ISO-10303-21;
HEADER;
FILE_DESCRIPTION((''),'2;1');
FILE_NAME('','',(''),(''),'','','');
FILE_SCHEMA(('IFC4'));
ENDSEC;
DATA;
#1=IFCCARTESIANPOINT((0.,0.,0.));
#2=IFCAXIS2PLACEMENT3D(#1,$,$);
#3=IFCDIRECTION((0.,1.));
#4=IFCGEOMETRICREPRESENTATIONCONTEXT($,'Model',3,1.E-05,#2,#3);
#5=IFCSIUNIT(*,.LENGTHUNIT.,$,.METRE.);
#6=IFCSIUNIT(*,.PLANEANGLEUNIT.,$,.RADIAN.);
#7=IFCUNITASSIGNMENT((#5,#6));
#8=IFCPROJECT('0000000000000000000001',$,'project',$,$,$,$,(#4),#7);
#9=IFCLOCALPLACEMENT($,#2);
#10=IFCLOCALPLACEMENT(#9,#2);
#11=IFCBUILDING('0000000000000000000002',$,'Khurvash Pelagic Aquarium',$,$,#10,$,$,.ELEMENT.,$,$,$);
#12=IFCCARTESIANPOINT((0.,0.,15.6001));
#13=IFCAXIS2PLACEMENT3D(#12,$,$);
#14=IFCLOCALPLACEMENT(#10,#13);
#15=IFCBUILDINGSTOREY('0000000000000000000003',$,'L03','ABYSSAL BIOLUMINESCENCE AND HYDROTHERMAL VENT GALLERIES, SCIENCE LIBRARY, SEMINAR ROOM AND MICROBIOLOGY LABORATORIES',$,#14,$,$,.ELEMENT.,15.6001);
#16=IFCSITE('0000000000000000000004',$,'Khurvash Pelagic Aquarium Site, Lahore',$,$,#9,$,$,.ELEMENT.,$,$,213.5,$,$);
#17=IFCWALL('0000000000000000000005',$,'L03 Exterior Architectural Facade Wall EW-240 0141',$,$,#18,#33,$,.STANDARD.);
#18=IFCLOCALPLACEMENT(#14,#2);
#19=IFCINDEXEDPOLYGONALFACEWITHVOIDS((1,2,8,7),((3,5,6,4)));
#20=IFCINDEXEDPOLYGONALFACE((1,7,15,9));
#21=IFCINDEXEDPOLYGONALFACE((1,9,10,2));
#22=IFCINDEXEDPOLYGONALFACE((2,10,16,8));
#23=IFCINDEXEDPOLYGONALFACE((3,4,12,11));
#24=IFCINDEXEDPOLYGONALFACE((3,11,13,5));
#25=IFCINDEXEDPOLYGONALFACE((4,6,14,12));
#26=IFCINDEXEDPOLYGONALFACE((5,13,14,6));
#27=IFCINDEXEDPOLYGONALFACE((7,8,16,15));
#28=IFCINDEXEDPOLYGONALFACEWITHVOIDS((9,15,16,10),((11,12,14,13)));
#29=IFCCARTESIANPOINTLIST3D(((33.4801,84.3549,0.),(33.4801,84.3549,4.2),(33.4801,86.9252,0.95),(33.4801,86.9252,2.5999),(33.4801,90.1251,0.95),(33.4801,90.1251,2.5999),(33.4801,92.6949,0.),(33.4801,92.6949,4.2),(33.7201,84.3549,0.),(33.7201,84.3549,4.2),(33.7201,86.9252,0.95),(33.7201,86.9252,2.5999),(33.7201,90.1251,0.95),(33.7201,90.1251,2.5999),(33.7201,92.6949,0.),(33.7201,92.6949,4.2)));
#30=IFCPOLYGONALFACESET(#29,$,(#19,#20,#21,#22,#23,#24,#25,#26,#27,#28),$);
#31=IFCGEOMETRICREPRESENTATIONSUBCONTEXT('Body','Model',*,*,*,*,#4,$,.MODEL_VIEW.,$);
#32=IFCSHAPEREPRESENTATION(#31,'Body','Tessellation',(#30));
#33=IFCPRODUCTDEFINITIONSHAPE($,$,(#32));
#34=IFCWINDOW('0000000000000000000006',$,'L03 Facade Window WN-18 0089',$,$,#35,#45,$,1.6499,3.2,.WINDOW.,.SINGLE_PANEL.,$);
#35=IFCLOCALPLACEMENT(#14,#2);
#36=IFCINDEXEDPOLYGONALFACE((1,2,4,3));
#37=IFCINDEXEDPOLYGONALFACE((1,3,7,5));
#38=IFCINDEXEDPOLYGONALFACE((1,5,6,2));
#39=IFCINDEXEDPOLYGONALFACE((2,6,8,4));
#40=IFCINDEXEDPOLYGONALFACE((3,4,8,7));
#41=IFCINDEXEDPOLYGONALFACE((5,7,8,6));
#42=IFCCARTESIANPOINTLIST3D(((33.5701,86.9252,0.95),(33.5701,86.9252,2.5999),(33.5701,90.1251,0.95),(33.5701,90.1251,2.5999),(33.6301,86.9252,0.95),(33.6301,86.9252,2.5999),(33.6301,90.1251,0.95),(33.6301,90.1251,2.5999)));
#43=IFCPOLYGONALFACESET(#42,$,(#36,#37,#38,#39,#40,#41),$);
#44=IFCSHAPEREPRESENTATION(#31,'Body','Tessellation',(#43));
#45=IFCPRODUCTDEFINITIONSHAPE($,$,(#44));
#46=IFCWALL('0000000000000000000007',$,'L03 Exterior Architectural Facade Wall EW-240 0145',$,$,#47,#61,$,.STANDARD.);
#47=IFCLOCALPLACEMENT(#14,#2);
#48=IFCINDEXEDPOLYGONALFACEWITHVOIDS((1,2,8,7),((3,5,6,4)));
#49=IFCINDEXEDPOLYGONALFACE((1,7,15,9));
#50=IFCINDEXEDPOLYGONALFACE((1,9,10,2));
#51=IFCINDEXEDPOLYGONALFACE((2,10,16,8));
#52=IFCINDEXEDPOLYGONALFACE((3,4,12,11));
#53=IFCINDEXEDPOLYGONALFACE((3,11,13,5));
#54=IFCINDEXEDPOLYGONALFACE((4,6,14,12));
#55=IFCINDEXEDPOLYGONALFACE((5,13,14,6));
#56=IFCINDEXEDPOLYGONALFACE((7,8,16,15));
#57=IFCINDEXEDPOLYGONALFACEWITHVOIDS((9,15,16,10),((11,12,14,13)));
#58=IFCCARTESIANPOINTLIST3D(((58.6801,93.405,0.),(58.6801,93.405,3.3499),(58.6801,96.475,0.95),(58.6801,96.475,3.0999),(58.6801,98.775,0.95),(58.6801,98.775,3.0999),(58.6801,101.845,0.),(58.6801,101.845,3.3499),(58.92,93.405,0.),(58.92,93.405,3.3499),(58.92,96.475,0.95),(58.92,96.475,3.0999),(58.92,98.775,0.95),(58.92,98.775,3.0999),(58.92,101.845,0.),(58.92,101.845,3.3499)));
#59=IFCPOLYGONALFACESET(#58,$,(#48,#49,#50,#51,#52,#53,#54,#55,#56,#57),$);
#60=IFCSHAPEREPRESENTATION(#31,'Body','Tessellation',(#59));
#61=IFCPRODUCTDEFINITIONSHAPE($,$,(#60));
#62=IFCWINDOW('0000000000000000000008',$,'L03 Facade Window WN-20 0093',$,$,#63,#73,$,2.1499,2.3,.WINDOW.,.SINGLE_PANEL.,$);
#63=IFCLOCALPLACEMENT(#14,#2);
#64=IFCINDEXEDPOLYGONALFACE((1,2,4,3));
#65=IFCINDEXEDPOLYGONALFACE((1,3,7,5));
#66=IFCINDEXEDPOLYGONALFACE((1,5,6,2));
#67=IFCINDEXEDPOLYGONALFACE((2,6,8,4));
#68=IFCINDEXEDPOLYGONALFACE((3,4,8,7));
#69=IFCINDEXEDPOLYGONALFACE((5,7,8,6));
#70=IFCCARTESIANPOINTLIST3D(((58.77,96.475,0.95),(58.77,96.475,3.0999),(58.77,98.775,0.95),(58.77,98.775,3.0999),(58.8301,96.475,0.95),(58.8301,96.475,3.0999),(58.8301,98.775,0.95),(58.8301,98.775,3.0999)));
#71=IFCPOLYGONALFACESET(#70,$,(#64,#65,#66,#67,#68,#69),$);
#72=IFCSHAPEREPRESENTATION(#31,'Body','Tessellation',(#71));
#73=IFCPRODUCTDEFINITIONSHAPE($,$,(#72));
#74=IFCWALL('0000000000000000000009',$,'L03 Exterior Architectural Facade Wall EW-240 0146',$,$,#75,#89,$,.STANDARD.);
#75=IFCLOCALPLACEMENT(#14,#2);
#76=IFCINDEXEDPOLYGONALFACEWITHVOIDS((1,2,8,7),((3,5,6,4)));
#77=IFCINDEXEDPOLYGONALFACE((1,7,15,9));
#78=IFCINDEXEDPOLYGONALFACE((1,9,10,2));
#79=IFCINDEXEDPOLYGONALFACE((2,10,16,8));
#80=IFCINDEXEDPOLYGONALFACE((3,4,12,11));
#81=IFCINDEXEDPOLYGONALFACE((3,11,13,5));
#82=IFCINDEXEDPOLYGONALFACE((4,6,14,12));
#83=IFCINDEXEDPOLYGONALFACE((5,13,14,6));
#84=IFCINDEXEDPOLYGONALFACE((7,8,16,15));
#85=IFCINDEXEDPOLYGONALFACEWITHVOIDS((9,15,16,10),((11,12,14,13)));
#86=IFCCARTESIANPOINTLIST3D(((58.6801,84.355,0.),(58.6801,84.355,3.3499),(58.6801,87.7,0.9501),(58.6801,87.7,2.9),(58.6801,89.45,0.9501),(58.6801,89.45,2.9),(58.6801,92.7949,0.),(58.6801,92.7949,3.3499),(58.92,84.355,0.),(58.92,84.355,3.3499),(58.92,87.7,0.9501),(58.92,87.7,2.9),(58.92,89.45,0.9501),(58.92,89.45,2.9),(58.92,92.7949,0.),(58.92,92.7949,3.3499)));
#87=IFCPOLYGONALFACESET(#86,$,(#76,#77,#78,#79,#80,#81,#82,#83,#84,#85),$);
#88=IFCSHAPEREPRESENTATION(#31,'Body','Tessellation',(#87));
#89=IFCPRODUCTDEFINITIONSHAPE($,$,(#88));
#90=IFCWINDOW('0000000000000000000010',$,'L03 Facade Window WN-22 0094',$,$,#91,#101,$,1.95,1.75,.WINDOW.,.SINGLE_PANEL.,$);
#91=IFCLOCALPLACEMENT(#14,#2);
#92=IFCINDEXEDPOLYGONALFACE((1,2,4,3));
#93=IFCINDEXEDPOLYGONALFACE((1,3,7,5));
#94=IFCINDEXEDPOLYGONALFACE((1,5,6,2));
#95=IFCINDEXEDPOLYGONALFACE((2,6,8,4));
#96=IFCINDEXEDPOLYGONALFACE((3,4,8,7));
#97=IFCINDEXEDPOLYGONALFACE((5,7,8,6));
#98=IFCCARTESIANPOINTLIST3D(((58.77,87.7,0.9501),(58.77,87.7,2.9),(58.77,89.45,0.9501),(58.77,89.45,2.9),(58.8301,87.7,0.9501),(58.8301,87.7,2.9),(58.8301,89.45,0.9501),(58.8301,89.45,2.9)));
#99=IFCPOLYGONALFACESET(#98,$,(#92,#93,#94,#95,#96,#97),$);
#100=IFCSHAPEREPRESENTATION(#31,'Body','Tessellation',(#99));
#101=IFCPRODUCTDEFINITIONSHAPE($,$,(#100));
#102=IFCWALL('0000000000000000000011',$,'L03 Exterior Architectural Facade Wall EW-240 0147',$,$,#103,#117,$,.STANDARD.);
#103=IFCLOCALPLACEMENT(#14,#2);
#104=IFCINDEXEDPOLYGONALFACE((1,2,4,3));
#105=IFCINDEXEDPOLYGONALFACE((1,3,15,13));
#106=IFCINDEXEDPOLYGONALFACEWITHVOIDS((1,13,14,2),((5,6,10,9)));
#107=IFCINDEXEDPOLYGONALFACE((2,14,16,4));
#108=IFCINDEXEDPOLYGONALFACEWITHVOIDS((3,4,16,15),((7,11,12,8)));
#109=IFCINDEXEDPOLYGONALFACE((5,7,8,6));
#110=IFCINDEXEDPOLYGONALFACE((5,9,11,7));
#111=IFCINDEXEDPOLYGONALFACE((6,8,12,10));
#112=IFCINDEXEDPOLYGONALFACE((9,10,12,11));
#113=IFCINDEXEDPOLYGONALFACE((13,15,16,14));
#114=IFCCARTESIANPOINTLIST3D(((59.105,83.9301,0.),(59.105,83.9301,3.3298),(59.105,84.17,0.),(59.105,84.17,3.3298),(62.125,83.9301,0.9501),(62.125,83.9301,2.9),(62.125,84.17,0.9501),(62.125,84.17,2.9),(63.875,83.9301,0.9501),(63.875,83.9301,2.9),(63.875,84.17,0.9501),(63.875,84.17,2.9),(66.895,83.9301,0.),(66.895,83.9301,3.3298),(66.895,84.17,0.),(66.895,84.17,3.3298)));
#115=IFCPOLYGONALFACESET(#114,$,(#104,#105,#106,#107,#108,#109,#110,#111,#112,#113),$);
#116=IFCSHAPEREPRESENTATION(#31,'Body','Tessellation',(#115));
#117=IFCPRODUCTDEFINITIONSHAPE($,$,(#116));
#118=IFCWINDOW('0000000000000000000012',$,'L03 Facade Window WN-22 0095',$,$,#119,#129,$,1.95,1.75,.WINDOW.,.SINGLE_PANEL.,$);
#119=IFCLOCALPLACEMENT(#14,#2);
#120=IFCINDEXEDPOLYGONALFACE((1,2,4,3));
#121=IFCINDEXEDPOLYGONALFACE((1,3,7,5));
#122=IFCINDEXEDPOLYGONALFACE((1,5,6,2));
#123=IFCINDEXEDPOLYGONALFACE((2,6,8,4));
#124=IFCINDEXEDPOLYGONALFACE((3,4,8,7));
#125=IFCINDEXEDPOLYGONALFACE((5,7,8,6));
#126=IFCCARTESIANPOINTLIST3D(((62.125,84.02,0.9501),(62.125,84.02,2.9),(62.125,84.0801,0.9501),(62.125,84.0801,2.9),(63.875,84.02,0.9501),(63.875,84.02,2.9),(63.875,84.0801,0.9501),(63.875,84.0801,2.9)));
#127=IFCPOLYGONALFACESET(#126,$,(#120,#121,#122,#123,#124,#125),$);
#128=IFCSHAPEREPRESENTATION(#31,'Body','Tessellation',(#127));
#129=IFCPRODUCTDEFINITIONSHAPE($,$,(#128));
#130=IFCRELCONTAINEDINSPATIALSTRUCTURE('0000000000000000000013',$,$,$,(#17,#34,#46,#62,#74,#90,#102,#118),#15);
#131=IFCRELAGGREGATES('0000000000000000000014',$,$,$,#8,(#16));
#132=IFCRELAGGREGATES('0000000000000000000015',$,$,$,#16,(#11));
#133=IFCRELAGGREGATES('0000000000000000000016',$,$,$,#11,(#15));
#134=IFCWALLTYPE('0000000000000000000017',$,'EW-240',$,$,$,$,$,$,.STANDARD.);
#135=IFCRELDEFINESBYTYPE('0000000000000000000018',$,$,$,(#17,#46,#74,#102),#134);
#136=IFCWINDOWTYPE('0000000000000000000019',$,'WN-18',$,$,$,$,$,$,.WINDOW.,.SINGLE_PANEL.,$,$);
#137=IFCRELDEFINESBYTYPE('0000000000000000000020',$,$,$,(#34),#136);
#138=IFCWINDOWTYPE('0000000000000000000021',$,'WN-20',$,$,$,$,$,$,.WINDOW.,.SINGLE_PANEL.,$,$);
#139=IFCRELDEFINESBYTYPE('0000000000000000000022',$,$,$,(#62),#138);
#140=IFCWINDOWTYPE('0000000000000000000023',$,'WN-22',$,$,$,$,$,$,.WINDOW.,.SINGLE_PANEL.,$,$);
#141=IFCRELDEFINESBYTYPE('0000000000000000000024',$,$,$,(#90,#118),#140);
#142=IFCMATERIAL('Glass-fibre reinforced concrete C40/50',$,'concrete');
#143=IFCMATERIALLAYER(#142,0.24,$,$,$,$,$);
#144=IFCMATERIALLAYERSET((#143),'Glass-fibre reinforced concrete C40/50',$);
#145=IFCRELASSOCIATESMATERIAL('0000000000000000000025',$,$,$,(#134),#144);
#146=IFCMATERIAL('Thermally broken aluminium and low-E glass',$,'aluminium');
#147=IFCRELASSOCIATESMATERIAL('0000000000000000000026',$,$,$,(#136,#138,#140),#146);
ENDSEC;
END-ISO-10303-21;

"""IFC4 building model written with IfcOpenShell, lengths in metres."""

from ifc_helpers import new_model, si_unit, direction, frame, frame_2d, origin, place, context, subcontext, project, spatial, rectangle, extrude, material, layer, layer_set, type_object, element, fill, save


model = new_model("IFC4")

# Units and contexts
model_context = context("Model", 3, precision=1e-05, world=origin(), true_north=direction((0.0, 1.0)))
body_context = subcontext(model_context, "Body", "Model", "MODEL_VIEW")
ifc_project = project(units=[si_unit("LENGTHUNIT", "METRE"), si_unit("PLANEANGLEUNIT", "RADIAN")], contexts=[model_context])

# Site, building, storey
site_placement = place(None, origin())
site = spatial("IfcSite", under=ifc_project, at=site_placement, Name="Khurvash Pelagic Aquarium Site, Lahore", CompositionType="ELEMENT", RefElevation=213.5)
building_placement = place(site_placement, origin())
building = spatial("IfcBuilding", under=site, at=building_placement, Name="Khurvash Pelagic Aquarium", CompositionType="ELEMENT")
storey_placement = place(building_placement, frame((0.0, 0.0, 15.6001)))
storey = spatial("IfcBuildingStorey", under=building, at=storey_placement, Name="L03", Description="ABYSSAL BIOLUMINESCENCE AND HYDROTHERMAL VENT GALLERIES, SCIENCE LIBRARY, SEMINAR ROOM AND MICROBIOLOGY LABORATORIES", CompositionType="ELEMENT", Elevation=15.6001)

# Walls, openings, windows
ifc_material_1 = material(Name="Glass-fibre reinforced concrete C40/50", Category="concrete")
ifc_layer_1 = layer(ifc_material_1, 0.24)
ifc_layer_set_1 = layer_set([ifc_layer_1], Name="Glass-fibre reinforced concrete C40/50")
wall_type_1 = type_object("IfcWallType", Name="EW-240", PredefinedType="STANDARD", material=ifc_layer_set_1)
wall_1_placement = place(storey_placement, frame((33.6001, 84.355, 0.0), z_axis=(0.0, 0.0, 1.0), x_axis=(0.0, 1.0, 0.0)))
wall_1 = element("IfcWall", 1, at=wall_1_placement, inside=storey, type_object=wall_type_1, Name="L03 Exterior Architectural Facade Wall EW-240 0141", PredefinedType="STANDARD", context=body_context, shape_type="SweptSolid", body=[
    extrude(rectangle(XDim=8.3401, YDim=0.24, at=frame_2d((4.1699, 0.0))), origin(), (0.0, 0.0, 1.0), 4.2),
])
opening_1_placement = place(wall_1_placement, frame((2.5701, 0.0, 0.95)))
opening_1 = element("IfcOpeningElement", 2, at=opening_1_placement, cuts=wall_1, PredefinedType="OPENING", context=body_context, shape_type="SweptSolid", body=[
    extrude(rectangle(XDim=3.2, YDim=1.6499, at=frame_2d((1.6001, 0.825))), frame((0.0, 0.1299, 0.0), z_axis=(0.0, -1.0, 0.0), x_axis=(1.0, 0.0, 0.0)), (0.0, 0.0, 1.0), 0.26),
])
ifc_material_2 = material(Name="Thermally broken aluminium and low-E glass", Category="aluminium")
window_type_1 = type_object("IfcWindowType", Name="WN-18", PartitioningType="SINGLE_PANEL", PredefinedType="WINDOW", material=ifc_material_2)
window_1_placement = place(opening_1_placement, origin())
window_1 = element("IfcWindow", 3, at=window_1_placement, inside=storey, type_object=window_type_1, Name="L03 Facade Window WN-18 0089", OverallHeight=1.6499, OverallWidth=3.2, PartitioningType="SINGLE_PANEL", PredefinedType="WINDOW", context=body_context, shape_type="SweptSolid", body=[
    extrude(rectangle(XDim=3.2, YDim=1.6499, at=frame_2d((1.6001, 0.825))), frame((0.0, 0.03, 0.0), z_axis=(0.0, -1.0, 0.0), x_axis=(1.0, 0.0, 0.0)), (0.0, 0.0, 1.0), 0.0601),
])
fill(opening_1, window_1)
wall_2_placement = place(storey_placement, frame((58.8, 101.845, 0.0), z_axis=(0.0, 0.0, 1.0), x_axis=(0.0, -1.0, 0.0)))
wall_2 = element("IfcWall", 4, at=wall_2_placement, inside=storey, type_object=wall_type_1, Name="L03 Exterior Architectural Facade Wall EW-240 0145", PredefinedType="STANDARD", context=body_context, shape_type="SweptSolid", body=[
    extrude(rectangle(XDim=8.4399, YDim=0.24, at=frame_2d((4.22, 0.0))), origin(), (0.0, 0.0, 1.0), 3.3499),
])
opening_2_placement = place(wall_2_placement, frame((3.0701, 0.0, 0.95)))
opening_2 = element("IfcOpeningElement", 5, at=opening_2_placement, cuts=wall_2, PredefinedType="OPENING", context=body_context, shape_type="SweptSolid", body=[
    extrude(rectangle(XDim=2.3, YDim=2.1499, at=frame_2d((1.1499, 1.075))), frame((0.0, 0.1299, 0.0), z_axis=(0.0, -1.0, 0.0), x_axis=(1.0, 0.0, 0.0)), (0.0, 0.0, 1.0), 0.26),
])
window_type_2 = type_object("IfcWindowType", Name="WN-20", PartitioningType="SINGLE_PANEL", PredefinedType="WINDOW", material=ifc_material_2)
window_2_placement = place(opening_2_placement, origin())
window_2 = element("IfcWindow", 6, at=window_2_placement, inside=storey, type_object=window_type_2, Name="L03 Facade Window WN-20 0093", OverallHeight=2.1499, OverallWidth=2.3, PartitioningType="SINGLE_PANEL", PredefinedType="WINDOW", context=body_context, shape_type="SweptSolid", body=[
    extrude(rectangle(XDim=2.3, YDim=2.1499, at=frame_2d((1.1499, 1.075))), frame((0.0, 0.03, 0.0), z_axis=(0.0, -1.0, 0.0), x_axis=(1.0, 0.0, 0.0)), (0.0, 0.0, 1.0), 0.0601),
])
fill(opening_2, window_2)
wall_3_placement = place(storey_placement, frame((58.8, 92.7949, 0.0), z_axis=(0.0, 0.0, 1.0), x_axis=(0.0, -1.0, 0.0)))
wall_3 = element("IfcWall", 7, at=wall_3_placement, inside=storey, type_object=wall_type_1, Name="L03 Exterior Architectural Facade Wall EW-240 0146", PredefinedType="STANDARD", context=body_context, shape_type="SweptSolid", body=[
    extrude(rectangle(XDim=8.4399, YDim=0.24, at=frame_2d((4.22, 0.0))), origin(), (0.0, 0.0, 1.0), 3.3499),
])
opening_3_placement = place(wall_3_placement, frame((3.345, 0.0, 0.95)))
opening_3 = element("IfcOpeningElement", 8, at=opening_3_placement, cuts=wall_3, PredefinedType="OPENING", context=body_context, shape_type="SweptSolid", body=[
    extrude(rectangle(XDim=1.75, YDim=1.95, at=frame_2d((0.875, 0.9751))), frame((0.0, 0.1299, 0.0), z_axis=(0.0, -1.0, 0.0), x_axis=(1.0, 0.0, 0.0)), (0.0, 0.0, 1.0), 0.26),
])
window_type_3 = type_object("IfcWindowType", Name="WN-22", PartitioningType="SINGLE_PANEL", PredefinedType="WINDOW", material=ifc_material_2)
window_3_placement = place(opening_3_placement, origin())
window_3 = element("IfcWindow", 9, at=window_3_placement, inside=storey, type_object=window_type_3, Name="L03 Facade Window WN-22 0094", OverallHeight=1.95, OverallWidth=1.75, PartitioningType="SINGLE_PANEL", PredefinedType="WINDOW", context=body_context, shape_type="SweptSolid", body=[
    extrude(rectangle(XDim=1.75, YDim=1.95, at=frame_2d((0.875, 0.9751))), frame((0.0, 0.03, 0.0), z_axis=(0.0, -1.0, 0.0), x_axis=(1.0, 0.0, 0.0)), (0.0, 0.0, 1.0), 0.0601),
])
fill(opening_3, window_3)
wall_4_placement = place(storey_placement, frame((59.105, 84.05, 0.0), z_axis=(0.0, 0.0, 1.0), x_axis=(1.0, 0.0, 0.0)))
wall_4 = element("IfcWall", 10, at=wall_4_placement, inside=storey, type_object=wall_type_1, Name="L03 Exterior Architectural Facade Wall EW-240 0147", PredefinedType="STANDARD", context=body_context, shape_type="SweptSolid", body=[
    extrude(rectangle(XDim=7.79, YDim=0.24, at=frame_2d((3.895, 0.0))), origin(), (0.0, 0.0, 1.0), 3.3298),
])
opening_4_placement = place(wall_4_placement, frame((3.02, 0.0, 0.95)))
opening_4 = element("IfcOpeningElement", 11, at=opening_4_placement, cuts=wall_4, PredefinedType="OPENING", context=body_context, shape_type="SweptSolid", body=[
    extrude(rectangle(XDim=1.75, YDim=1.95, at=frame_2d((0.875, 0.9751))), frame((0.0, 0.1299, 0.0), z_axis=(0.0, -1.0, 0.0), x_axis=(1.0, 0.0, 0.0)), (0.0, 0.0, 1.0), 0.26),
])
window_4_placement = place(opening_4_placement, origin())
window_4 = element("IfcWindow", 12, at=window_4_placement, inside=storey, type_object=window_type_3, Name="L03 Facade Window WN-22 0095", OverallHeight=1.95, OverallWidth=1.75, PartitioningType="SINGLE_PANEL", PredefinedType="WINDOW", context=body_context, shape_type="SweptSolid", body=[
    extrude(rectangle(XDim=1.75, YDim=1.95, at=frame_2d((0.875, 0.9751))), frame((0.0, 0.03, 0.0), z_axis=(0.0, -1.0, 0.0), x_axis=(1.0, 0.0, 0.0)), (0.0, 0.0, 1.0), 0.0601),
])
fill(opening_4, window_4)

save(model, "model.ifc")
